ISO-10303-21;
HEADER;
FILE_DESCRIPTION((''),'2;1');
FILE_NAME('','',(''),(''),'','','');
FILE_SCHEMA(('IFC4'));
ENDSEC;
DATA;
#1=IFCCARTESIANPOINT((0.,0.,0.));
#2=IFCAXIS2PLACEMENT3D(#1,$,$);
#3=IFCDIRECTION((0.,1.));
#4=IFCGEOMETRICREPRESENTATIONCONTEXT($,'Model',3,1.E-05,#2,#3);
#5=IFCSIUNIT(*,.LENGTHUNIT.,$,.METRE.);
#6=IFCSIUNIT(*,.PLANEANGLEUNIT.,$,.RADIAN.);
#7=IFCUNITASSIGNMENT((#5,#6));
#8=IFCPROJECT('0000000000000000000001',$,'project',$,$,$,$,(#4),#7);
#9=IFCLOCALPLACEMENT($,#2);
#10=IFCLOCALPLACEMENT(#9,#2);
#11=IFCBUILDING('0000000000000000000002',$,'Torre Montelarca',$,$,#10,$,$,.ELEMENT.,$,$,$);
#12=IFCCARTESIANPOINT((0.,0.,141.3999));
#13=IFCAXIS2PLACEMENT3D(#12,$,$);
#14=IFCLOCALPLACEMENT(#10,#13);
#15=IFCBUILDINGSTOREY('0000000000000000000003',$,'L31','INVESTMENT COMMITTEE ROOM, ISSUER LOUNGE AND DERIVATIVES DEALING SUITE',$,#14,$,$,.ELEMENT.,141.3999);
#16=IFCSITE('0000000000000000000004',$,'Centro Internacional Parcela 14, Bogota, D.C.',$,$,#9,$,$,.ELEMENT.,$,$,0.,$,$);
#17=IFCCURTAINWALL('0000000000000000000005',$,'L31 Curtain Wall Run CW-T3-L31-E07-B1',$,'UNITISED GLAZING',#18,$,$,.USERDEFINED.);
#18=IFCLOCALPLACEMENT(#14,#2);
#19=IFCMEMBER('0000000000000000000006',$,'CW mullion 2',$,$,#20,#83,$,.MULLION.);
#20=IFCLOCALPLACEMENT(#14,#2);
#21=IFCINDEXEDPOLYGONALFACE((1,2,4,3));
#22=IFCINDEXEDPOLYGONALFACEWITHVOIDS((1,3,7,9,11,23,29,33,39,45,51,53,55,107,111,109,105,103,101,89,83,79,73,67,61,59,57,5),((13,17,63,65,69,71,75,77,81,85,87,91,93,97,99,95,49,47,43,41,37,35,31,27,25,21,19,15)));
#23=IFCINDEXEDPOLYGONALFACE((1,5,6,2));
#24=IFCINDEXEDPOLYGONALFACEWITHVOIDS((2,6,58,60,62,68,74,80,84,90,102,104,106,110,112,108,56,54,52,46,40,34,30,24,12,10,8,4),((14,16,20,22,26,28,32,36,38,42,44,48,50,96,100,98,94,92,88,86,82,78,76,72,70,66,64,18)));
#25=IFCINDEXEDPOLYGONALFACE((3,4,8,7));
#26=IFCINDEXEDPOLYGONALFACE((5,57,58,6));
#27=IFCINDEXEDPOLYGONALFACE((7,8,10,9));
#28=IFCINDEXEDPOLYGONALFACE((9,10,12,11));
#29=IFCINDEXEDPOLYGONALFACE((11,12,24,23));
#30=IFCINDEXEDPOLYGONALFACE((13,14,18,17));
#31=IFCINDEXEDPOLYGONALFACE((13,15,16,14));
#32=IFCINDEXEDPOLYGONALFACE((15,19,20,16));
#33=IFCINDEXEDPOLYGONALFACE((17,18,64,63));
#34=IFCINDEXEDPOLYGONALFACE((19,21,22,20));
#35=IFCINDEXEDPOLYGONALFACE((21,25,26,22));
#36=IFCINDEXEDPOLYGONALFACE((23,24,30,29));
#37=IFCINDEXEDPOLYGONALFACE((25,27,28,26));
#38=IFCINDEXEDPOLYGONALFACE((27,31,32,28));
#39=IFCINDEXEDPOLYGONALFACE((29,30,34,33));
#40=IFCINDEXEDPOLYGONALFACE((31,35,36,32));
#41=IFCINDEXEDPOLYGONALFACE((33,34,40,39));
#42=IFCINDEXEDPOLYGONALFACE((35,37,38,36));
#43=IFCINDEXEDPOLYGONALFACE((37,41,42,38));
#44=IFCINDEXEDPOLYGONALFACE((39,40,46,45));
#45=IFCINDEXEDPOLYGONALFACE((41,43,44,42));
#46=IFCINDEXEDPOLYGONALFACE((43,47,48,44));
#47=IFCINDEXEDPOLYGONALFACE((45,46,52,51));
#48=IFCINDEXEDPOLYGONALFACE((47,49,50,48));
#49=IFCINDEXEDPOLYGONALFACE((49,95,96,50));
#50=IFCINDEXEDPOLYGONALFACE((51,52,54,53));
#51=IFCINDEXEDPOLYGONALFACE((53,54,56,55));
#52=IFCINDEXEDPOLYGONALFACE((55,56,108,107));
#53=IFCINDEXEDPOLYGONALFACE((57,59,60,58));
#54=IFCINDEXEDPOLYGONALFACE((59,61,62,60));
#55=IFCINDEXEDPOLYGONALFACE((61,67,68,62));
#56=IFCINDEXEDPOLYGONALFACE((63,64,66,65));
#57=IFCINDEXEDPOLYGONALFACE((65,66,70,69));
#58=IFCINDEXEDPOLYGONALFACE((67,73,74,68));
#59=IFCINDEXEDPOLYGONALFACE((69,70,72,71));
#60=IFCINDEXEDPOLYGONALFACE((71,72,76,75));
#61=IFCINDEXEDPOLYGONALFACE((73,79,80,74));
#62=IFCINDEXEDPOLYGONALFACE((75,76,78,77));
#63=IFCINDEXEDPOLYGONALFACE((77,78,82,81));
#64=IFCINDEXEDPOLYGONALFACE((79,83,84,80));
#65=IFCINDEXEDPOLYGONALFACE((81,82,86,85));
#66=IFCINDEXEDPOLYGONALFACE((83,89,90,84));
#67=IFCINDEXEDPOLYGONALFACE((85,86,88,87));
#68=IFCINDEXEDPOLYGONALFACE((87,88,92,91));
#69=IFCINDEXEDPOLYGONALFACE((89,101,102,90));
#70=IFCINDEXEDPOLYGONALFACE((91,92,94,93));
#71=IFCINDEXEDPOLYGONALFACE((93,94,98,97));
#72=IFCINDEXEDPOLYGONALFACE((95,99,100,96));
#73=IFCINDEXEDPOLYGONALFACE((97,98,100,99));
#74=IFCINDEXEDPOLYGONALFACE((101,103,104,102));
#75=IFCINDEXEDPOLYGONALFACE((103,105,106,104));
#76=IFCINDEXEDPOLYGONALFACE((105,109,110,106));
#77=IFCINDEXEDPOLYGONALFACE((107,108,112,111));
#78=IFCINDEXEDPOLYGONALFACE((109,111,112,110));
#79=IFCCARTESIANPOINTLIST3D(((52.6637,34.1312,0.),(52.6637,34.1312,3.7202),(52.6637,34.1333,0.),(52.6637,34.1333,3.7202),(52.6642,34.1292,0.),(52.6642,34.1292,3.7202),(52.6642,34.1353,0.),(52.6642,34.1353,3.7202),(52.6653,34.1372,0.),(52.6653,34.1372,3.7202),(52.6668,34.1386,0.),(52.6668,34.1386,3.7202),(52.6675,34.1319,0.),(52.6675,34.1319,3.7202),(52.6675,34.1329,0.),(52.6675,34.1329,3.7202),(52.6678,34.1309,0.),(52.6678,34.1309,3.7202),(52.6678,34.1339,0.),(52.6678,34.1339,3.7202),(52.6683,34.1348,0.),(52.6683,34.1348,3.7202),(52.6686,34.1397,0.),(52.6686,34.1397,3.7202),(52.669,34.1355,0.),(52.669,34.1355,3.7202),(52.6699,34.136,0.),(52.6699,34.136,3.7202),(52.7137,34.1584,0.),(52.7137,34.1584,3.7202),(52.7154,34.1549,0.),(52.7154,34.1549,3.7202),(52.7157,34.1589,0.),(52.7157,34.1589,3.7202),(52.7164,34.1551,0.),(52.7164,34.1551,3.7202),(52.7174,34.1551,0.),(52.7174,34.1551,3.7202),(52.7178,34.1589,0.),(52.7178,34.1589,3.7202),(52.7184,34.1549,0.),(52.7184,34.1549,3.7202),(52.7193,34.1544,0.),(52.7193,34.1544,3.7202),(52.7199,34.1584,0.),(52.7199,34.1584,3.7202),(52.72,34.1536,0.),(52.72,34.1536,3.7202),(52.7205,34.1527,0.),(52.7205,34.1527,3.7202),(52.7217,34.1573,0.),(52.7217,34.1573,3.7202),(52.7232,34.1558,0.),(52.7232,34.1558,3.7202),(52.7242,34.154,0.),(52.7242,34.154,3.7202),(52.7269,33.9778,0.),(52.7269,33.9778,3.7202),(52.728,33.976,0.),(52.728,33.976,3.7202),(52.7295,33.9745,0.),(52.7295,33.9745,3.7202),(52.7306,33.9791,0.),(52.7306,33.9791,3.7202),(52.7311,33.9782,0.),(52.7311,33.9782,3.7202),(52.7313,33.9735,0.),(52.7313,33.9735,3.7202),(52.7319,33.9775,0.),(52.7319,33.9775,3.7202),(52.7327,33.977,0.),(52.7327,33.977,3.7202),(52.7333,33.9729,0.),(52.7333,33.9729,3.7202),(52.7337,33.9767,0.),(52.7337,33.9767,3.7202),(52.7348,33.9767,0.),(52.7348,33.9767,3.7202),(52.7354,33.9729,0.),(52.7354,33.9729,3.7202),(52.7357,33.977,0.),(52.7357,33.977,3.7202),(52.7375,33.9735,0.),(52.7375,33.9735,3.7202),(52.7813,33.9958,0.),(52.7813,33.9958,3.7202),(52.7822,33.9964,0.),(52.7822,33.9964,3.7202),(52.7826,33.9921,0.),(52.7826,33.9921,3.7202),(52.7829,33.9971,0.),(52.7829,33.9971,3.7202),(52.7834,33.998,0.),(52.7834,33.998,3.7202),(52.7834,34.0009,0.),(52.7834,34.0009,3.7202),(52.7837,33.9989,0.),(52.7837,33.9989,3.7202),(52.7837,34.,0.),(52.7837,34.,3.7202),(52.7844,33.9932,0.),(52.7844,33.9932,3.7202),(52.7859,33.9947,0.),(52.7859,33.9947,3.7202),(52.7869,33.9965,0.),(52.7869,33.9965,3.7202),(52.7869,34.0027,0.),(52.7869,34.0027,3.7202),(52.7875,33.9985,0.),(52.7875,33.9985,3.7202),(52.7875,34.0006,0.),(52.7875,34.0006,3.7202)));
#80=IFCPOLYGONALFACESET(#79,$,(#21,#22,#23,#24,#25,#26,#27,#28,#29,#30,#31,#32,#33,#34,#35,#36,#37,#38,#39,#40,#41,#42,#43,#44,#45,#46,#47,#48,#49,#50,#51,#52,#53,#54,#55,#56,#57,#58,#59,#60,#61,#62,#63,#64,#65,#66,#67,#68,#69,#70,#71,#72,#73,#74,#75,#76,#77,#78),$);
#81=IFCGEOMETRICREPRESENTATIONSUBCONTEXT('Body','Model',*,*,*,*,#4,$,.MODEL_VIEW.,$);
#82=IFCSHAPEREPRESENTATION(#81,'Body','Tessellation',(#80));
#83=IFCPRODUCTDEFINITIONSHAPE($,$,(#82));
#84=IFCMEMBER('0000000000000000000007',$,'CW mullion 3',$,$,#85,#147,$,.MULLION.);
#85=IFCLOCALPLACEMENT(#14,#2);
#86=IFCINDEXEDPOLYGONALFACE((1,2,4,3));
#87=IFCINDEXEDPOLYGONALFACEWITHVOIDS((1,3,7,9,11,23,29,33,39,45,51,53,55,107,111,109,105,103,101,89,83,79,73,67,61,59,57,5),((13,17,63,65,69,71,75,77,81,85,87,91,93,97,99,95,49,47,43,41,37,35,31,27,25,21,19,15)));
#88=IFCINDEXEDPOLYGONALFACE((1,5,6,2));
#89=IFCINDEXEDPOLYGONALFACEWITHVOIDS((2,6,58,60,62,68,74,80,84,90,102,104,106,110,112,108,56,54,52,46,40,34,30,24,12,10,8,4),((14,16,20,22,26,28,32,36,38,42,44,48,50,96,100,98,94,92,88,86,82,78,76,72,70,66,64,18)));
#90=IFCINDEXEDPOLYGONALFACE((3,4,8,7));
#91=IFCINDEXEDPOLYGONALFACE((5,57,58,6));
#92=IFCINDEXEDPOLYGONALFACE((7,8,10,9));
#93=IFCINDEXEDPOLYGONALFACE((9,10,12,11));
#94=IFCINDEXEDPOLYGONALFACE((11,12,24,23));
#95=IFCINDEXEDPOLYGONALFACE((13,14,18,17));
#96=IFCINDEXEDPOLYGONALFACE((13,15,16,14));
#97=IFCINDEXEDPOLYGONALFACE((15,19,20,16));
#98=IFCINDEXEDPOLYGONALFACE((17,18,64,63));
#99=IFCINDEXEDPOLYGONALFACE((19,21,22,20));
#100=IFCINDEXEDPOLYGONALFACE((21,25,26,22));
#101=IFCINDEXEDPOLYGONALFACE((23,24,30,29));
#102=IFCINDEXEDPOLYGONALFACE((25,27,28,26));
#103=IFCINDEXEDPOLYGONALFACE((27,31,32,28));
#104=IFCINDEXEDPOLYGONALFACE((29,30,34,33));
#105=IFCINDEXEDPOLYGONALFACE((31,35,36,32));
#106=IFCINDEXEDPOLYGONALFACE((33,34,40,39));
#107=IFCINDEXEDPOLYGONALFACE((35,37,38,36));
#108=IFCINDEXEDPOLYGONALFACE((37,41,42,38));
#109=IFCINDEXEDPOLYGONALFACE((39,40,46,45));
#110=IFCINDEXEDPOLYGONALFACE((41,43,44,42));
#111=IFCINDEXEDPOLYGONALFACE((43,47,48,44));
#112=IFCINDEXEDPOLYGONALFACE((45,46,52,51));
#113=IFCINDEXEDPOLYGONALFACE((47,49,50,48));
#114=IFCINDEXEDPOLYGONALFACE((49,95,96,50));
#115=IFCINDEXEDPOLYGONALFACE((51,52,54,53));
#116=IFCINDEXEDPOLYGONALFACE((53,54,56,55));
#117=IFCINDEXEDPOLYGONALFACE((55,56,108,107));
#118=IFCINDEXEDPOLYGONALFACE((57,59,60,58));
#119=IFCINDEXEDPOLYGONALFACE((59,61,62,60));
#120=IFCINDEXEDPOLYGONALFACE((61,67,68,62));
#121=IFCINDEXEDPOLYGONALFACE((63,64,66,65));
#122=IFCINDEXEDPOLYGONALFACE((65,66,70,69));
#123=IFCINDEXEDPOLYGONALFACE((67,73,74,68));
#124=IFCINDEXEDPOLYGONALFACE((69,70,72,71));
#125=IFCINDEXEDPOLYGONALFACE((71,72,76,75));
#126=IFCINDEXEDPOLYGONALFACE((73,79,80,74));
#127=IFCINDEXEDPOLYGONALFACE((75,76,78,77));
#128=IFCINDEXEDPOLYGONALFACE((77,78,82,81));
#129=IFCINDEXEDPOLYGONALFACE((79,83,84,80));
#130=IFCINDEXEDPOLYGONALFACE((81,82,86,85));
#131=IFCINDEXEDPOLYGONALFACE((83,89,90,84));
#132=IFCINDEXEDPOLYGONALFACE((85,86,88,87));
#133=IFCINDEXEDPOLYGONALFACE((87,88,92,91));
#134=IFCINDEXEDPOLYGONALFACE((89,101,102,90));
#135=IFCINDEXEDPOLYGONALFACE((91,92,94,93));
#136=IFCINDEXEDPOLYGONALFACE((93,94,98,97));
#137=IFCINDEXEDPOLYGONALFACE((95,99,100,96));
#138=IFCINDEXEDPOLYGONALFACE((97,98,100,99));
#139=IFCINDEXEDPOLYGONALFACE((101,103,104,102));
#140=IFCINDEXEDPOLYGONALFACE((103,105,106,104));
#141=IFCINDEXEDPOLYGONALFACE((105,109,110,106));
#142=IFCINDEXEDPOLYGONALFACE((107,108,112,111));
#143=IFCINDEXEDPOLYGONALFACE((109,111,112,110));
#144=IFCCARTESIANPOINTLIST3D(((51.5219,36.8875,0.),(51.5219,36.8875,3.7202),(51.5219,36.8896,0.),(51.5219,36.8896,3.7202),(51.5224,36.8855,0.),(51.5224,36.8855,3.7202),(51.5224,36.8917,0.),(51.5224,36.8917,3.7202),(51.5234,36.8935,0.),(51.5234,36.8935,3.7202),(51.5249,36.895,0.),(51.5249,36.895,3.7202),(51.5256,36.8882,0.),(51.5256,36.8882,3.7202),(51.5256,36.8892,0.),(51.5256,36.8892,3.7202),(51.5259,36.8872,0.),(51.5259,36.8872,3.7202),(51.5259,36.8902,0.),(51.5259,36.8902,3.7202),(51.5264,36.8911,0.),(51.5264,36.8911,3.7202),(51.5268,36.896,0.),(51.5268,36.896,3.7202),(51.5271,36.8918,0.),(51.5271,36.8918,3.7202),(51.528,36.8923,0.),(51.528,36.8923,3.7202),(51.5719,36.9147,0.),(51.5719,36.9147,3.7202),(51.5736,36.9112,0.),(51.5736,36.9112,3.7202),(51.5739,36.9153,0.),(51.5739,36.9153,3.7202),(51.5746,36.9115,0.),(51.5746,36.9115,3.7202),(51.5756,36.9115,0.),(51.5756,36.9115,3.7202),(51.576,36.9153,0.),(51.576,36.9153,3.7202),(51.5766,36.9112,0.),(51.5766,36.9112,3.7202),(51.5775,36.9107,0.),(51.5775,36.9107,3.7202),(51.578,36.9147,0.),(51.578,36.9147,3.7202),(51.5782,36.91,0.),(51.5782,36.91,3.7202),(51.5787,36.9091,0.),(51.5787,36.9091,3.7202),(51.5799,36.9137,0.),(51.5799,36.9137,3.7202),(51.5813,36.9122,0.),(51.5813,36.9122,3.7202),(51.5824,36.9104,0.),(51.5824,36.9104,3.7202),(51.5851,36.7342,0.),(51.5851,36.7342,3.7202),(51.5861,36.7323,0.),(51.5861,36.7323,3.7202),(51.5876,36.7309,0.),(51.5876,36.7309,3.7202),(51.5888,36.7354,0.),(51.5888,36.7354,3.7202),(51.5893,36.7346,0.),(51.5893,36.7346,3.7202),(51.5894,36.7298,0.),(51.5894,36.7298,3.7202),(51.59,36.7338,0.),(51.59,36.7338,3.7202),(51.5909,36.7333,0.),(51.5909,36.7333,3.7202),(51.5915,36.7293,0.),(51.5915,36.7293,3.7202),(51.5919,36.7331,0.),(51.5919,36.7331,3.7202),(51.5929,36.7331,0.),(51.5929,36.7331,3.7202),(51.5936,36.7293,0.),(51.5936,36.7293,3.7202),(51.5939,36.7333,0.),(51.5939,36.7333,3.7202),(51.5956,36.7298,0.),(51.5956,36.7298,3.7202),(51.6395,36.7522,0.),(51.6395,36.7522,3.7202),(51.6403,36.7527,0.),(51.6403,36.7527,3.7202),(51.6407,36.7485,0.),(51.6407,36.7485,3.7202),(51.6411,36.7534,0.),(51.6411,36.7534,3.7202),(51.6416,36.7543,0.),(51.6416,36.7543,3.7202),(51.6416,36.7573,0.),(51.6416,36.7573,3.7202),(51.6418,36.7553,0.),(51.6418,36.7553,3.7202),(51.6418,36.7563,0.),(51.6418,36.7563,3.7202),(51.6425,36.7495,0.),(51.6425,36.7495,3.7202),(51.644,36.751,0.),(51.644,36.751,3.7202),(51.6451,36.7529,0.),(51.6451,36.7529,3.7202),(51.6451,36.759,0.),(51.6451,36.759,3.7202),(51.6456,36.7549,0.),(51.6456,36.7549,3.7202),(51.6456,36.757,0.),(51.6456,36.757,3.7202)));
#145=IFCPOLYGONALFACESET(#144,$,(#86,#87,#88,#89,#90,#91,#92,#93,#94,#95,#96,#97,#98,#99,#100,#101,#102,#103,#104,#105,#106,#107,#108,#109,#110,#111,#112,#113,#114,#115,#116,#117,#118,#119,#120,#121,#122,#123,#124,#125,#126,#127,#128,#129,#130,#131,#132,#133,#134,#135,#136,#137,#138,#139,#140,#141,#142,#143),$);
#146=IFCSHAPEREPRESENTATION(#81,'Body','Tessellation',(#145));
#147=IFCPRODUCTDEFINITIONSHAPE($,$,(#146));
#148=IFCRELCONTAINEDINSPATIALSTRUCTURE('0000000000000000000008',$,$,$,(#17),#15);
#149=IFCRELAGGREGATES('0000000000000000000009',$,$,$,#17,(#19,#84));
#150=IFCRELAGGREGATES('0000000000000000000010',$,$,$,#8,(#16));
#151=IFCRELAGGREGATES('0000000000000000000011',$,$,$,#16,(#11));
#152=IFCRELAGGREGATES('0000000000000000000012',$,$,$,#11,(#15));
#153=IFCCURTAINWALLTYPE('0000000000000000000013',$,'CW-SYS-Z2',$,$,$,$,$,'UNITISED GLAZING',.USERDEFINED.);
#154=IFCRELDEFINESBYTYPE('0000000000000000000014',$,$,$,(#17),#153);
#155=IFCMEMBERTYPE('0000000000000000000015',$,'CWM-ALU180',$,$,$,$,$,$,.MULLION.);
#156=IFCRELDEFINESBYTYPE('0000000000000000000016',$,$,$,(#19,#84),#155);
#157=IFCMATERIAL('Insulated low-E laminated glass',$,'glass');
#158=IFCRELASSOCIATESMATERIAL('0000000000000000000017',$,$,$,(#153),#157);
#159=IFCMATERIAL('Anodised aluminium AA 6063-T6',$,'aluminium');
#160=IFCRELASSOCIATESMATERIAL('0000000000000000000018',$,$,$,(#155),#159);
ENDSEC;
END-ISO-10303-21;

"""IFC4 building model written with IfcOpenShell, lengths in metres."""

from ifc_helpers import new_model, si_unit, direction, frame, origin, origin_2d, place, context, subcontext, project, spatial, hollow_rectangle, extrude, source, transform, mapped, material, material_profile, profile_set, type_object, element, aggregate, save


model = new_model("IFC4")

# Units and contexts
model_context = context("Model", 3, precision=1e-05, world=origin(), true_north=direction((0.0, 1.0)))
body_context = subcontext(model_context, "Body", "Model", "MODEL_VIEW")
ifc_project = project(units=[si_unit("LENGTHUNIT", "METRE"), si_unit("PLANEANGLEUNIT", "RADIAN")], contexts=[model_context])

# Site, building, storey
site_placement = place(None, origin())
site = spatial("IfcSite", under=ifc_project, at=site_placement, Name="Centro Internacional Parcela 14, Bogota, D.C.", CompositionType="ELEMENT", RefElevation=0.0)
building_placement = place(site_placement, origin())
building = spatial("IfcBuilding", under=site, at=building_placement, Name="Torre Montelarca", CompositionType="ELEMENT")
storey_placement = place(building_placement, frame((0.0, 0.0, 141.3999)))
storey = spatial("IfcBuildingStorey", under=building, at=storey_placement, Name="L31", Description="INVESTMENT COMMITTEE ROOM, ISSUER LOUNGE AND DERIVATIVES DEALING SUITE", CompositionType="ELEMENT", Elevation=141.3999)

# Curtain wall
ifc_material_1 = material(Name="Insulated low-E laminated glass", Category="glass")
curtain_wall_type = type_object("IfcCurtainWallType", Name="CW-SYS-Z2", ElementType="UNITISED GLAZING", PredefinedType="USERDEFINED", material=ifc_material_1)
curtain_wall_1_placement = place(storey_placement, origin())
curtain_wall_1 = element("IfcCurtainWall", 1, at=curtain_wall_1_placement, inside=storey, type_object=curtain_wall_type, Name="L31 Curtain Wall Run CW-T3-L31-E07-B1", ObjectType="UNITISED GLAZING", PredefinedType="USERDEFINED")
ifc_material_2 = material(Name="Anodised aluminium AA 6063-T6", Category="aluminium")

# Shared definitions
ifc_material_profile_1 = material_profile(ifc_material_2, hollow_rectangle(XDim=0.0649, YDim=0.1799, WallThickness=0.0039, InnerFilletRadius=0.0039, OuterFilletRadius=0.0081, at=origin_2d()), Name="ALU65X180X4", Category="aluminium")
ifc_profile_set_1 = profile_set([ifc_material_profile_1], Name="Anodised aluminium AA 6063-T6")
member_type_1 = type_object("IfcMemberType", Name="CWM-ALU180", PredefinedType="MULLION", material=ifc_profile_set_1)
shared_shape_1 = source(origin(), body_context, "Body", "SweptSolid", [
    extrude(hollow_rectangle(XDim=0.0649, YDim=0.1799, WallThickness=0.0039, InnerFilletRadius=0.0039, OuterFilletRadius=0.0081, at=origin_2d()), origin(), (0.0, 0.0, 1.0), 3.7202),
])

# Members
member_1_placement = place(storey_placement, frame((52.7256, 34.0659, 0.0), z_axis=(0.0, 0.0, 1.0), x_axis=(-0.923886, -0.382668, 0.0)))
member_1 = element("IfcMember", 2, at=member_1_placement, type_object=member_type_1, Name="CW mullion 2", PredefinedType="MULLION", context=body_context, shape_type="MappedRepresentation", body=[
    mapped(shared_shape_1, transform((0.0, 0.0, 0.0), scale=1.0)),
])
member_2_placement = place(storey_placement, frame((51.5837, 36.8223, 0.0), z_axis=(0.0, 0.0, 1.0), x_axis=(-0.923886, -0.382668, 0.0)))
member_2 = element("IfcMember", 3, at=member_2_placement, type_object=member_type_1, Name="CW mullion 3", PredefinedType="MULLION", context=body_context, shape_type="MappedRepresentation", body=[
    mapped(shared_shape_1, transform((0.0, 0.0, 0.0), scale=1.0)),
])

aggregate(curtain_wall_1, [member_1, member_2])

save(model, "model.ifc")
